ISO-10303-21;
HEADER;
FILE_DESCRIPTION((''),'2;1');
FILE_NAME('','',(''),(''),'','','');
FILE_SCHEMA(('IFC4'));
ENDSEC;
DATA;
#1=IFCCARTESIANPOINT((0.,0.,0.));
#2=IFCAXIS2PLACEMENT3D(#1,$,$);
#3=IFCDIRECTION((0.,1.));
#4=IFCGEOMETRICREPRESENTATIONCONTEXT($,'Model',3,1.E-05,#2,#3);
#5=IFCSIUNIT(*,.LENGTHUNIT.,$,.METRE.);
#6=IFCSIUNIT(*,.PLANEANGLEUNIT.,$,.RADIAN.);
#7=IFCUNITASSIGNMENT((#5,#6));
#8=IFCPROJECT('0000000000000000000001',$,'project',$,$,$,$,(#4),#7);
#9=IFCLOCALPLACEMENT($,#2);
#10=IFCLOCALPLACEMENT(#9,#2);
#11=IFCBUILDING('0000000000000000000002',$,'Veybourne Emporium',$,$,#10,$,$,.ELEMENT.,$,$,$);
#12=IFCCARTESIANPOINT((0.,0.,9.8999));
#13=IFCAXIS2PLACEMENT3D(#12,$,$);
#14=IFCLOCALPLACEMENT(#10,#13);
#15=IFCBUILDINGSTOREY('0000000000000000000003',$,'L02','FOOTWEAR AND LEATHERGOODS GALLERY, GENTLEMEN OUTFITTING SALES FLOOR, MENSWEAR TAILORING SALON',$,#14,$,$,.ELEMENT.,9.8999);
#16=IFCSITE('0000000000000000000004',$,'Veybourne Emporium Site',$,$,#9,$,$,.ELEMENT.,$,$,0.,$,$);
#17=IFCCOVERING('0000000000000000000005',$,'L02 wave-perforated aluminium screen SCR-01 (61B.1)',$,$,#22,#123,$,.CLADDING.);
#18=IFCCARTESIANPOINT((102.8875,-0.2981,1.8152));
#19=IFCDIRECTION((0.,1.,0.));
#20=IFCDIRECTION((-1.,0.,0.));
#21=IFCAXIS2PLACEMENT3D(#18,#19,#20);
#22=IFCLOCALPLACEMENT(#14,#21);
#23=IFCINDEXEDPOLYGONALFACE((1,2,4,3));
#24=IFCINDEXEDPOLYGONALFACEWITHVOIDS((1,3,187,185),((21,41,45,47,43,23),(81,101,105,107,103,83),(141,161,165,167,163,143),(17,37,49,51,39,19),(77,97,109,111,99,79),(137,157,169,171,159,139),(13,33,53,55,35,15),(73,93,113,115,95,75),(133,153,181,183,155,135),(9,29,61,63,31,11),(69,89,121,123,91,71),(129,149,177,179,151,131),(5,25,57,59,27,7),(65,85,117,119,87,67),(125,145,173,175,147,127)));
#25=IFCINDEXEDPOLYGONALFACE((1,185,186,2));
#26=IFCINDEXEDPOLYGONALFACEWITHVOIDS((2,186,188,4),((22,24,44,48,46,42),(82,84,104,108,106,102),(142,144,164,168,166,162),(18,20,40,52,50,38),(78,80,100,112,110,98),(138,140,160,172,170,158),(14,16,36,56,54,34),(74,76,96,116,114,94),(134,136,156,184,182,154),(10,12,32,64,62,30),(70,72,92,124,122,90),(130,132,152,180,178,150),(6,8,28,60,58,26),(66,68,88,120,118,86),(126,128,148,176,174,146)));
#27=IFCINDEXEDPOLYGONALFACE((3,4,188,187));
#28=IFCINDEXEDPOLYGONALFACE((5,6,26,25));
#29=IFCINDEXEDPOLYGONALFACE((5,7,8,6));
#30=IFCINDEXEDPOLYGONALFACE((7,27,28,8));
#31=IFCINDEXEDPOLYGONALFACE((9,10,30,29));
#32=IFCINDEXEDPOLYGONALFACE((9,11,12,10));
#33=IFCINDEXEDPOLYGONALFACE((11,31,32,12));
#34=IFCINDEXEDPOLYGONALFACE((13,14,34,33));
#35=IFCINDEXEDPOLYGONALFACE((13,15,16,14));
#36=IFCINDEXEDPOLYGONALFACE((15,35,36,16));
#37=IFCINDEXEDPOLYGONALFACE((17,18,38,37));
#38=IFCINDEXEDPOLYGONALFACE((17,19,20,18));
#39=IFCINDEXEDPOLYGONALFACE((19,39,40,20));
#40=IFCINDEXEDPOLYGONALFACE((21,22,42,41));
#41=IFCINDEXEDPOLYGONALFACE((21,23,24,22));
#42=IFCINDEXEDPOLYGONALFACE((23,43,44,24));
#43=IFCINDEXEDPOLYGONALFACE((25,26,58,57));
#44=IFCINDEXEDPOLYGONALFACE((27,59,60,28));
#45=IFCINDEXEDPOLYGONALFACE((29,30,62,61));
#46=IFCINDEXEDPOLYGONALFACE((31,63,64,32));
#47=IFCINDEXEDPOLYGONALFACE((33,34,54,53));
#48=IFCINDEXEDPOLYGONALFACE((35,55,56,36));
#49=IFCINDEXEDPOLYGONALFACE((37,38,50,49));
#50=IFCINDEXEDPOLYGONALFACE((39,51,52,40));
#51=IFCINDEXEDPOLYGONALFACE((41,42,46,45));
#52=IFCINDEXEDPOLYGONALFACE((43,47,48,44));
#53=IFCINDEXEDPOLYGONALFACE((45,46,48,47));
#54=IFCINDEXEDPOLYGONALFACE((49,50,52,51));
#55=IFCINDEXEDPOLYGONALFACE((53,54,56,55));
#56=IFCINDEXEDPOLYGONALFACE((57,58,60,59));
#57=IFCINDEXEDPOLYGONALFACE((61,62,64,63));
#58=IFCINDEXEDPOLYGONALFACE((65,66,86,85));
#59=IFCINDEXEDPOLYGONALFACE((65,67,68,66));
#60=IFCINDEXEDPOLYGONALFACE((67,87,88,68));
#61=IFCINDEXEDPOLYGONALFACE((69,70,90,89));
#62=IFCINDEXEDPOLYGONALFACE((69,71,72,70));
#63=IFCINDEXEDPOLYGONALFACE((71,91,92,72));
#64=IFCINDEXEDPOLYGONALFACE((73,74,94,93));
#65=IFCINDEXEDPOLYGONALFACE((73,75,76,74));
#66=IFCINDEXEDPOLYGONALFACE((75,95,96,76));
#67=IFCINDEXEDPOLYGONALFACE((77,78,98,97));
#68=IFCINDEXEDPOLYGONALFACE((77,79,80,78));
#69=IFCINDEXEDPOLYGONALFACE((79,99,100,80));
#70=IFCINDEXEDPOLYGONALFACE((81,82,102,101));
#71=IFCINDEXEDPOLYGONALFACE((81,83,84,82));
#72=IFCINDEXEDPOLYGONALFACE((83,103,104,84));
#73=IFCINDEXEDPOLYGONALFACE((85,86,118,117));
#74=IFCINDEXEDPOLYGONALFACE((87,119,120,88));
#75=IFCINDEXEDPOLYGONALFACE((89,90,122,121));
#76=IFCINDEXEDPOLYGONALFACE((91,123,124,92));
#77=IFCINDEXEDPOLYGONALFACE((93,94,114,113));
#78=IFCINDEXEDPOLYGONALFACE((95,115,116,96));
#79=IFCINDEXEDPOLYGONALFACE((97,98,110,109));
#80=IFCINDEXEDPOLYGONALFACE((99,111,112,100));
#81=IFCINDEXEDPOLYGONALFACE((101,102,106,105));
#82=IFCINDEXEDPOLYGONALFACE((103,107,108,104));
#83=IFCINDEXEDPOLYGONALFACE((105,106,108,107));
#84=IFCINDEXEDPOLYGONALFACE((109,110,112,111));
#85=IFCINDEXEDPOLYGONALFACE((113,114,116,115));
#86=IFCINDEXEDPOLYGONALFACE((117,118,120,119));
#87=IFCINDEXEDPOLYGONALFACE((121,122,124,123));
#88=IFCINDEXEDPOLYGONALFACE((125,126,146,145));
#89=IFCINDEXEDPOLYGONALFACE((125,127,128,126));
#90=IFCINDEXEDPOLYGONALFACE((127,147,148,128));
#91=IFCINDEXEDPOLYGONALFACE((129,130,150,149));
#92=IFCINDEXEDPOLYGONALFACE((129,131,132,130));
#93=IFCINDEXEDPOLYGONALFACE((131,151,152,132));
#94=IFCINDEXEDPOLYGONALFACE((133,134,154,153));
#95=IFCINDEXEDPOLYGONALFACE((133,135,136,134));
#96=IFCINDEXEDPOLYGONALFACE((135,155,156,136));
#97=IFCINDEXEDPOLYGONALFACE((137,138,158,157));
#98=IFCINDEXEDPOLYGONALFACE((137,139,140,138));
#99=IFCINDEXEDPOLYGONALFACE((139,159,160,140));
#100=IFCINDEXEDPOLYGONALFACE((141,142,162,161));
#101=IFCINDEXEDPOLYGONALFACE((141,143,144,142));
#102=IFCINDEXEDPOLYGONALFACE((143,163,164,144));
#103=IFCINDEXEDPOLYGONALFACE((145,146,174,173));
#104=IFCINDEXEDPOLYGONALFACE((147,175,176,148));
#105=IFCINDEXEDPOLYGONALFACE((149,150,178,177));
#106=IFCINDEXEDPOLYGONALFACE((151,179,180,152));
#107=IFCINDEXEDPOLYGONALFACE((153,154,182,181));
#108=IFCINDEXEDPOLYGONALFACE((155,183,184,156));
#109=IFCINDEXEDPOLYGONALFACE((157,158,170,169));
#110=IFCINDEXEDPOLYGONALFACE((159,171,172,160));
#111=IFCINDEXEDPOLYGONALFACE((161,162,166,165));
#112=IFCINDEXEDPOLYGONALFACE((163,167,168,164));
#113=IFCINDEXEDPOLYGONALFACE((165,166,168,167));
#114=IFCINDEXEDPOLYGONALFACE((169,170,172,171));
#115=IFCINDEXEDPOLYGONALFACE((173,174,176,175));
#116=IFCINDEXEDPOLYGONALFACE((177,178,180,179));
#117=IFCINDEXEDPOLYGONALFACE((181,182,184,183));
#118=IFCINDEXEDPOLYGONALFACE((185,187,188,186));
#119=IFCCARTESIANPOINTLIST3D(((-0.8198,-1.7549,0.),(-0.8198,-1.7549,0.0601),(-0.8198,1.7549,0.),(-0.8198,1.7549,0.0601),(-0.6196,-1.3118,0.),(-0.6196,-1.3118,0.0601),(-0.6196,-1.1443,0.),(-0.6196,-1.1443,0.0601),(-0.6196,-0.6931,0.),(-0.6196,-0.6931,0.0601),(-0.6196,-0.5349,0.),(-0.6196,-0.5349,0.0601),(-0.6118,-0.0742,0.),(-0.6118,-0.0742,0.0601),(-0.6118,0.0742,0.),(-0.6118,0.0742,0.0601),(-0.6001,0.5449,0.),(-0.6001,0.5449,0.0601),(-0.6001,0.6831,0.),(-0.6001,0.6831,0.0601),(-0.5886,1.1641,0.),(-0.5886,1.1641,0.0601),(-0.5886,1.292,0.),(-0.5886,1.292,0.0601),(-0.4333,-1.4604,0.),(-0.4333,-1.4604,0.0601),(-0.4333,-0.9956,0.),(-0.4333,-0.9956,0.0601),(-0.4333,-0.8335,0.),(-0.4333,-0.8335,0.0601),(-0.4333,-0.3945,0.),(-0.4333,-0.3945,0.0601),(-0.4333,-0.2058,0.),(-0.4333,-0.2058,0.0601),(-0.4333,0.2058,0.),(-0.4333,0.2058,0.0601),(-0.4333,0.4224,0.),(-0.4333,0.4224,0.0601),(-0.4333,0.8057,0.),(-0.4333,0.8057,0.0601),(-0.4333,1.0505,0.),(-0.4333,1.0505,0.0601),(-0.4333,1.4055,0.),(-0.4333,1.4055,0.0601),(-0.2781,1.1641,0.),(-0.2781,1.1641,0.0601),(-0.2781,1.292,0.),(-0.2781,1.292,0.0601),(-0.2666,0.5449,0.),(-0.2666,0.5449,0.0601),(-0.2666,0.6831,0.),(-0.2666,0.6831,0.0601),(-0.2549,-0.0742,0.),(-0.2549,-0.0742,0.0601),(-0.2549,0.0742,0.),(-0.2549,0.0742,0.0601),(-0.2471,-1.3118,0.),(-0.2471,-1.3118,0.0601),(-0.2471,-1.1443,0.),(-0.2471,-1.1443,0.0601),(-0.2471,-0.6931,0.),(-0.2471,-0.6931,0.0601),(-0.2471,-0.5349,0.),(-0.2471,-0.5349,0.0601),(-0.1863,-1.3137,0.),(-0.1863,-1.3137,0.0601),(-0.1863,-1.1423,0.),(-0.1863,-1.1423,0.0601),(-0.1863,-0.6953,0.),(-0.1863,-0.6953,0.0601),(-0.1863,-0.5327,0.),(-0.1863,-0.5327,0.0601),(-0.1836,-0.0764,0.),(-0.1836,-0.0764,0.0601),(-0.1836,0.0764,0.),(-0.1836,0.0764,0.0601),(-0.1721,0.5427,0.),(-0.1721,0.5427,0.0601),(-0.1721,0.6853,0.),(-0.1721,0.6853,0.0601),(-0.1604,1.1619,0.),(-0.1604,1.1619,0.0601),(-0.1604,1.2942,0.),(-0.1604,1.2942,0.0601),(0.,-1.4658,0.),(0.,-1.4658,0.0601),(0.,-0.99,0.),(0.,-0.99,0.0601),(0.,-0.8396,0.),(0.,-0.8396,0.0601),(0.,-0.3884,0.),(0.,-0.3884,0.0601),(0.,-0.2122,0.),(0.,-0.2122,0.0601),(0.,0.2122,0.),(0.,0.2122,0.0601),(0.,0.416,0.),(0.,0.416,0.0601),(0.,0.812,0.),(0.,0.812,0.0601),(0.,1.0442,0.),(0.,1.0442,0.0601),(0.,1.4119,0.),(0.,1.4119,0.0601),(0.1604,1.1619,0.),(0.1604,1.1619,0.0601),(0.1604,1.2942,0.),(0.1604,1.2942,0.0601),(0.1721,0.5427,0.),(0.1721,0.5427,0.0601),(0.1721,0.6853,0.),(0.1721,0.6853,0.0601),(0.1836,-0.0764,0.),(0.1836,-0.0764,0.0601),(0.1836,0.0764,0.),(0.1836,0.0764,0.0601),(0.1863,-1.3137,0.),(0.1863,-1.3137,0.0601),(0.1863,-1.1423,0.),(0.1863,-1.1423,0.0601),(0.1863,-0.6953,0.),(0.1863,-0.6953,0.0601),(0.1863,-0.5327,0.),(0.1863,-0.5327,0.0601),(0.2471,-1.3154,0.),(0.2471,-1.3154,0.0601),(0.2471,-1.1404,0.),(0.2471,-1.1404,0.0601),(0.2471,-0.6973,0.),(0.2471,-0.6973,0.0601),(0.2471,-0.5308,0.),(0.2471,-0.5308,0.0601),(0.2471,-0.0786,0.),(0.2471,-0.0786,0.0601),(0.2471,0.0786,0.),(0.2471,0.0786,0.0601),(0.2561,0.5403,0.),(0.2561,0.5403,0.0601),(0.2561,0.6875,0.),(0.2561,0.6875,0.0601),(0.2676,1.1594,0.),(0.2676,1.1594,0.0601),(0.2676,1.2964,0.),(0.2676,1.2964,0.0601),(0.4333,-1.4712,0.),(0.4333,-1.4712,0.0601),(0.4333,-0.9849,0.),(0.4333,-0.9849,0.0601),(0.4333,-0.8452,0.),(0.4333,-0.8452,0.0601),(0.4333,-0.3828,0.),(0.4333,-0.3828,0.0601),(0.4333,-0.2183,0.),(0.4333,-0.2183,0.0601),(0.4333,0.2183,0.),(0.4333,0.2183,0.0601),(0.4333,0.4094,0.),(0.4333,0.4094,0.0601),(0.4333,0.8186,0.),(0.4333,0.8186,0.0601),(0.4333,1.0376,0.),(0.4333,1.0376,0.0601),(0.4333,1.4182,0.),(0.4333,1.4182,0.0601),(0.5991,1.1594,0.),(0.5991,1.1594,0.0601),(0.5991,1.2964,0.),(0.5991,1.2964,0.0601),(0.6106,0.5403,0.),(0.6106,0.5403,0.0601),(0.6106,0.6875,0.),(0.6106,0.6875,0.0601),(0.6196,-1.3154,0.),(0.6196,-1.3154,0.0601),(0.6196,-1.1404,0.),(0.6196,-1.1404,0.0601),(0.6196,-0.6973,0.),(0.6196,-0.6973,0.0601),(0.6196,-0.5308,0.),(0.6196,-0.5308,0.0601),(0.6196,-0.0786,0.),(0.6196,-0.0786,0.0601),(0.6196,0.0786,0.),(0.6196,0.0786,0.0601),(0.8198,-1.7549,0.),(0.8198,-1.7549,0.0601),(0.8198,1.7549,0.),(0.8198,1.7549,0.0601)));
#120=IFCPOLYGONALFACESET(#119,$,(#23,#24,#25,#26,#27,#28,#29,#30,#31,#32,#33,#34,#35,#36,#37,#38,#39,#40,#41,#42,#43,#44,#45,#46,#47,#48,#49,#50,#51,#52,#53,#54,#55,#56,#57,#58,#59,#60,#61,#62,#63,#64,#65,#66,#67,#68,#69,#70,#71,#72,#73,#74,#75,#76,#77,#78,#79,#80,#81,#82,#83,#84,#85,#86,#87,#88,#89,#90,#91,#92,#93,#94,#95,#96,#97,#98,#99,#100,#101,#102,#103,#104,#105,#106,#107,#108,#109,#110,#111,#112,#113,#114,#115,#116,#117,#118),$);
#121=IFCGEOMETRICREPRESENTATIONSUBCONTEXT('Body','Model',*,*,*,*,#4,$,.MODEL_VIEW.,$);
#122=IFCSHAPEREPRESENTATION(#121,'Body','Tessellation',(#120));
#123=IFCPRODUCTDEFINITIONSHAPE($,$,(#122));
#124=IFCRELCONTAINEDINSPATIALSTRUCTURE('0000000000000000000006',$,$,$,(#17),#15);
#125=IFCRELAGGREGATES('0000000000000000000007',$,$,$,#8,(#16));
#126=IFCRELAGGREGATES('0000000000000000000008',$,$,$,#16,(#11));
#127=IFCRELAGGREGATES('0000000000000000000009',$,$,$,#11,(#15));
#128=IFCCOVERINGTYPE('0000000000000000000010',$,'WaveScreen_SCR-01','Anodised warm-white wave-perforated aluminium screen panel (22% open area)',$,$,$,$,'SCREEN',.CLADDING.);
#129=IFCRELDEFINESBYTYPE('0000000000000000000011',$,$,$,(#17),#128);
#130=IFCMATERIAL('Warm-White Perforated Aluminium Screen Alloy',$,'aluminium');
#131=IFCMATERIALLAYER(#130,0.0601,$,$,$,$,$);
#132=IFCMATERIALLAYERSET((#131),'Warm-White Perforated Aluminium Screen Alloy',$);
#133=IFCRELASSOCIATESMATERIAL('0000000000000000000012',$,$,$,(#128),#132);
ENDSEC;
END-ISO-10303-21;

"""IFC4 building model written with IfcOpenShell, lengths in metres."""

from ifc_helpers import new_model, si_unit, direction, frame, origin, place, context, subcontext, project, spatial, polyline, outline, extrude, material, layer, layer_set, type_object, element, save


model = new_model("IFC4")

# Units and contexts
model_context = context("Model", 3, precision=1e-05, world=origin(), true_north=direction((0.0, 1.0)))
body_context = subcontext(model_context, "Body", "Model", "MODEL_VIEW")
ifc_project = project(units=[si_unit("LENGTHUNIT", "METRE"), si_unit("PLANEANGLEUNIT", "RADIAN")], contexts=[model_context])

# Site, building, storey
site_placement = place(None, origin())
site = spatial("IfcSite", under=ifc_project, at=site_placement, Name="Veybourne Emporium Site", CompositionType="ELEMENT", RefElevation=0.0)
building_placement = place(site_placement, origin())
building = spatial("IfcBuilding", under=site, at=building_placement, Name="Veybourne Emporium", CompositionType="ELEMENT")
storey_placement = place(building_placement, frame((0.0, 0.0, 9.8999)))
storey = spatial("IfcBuildingStorey", under=building, at=storey_placement, Name="L02", Description="FOOTWEAR AND LEATHERGOODS GALLERY, GENTLEMEN OUTFITTING SALES FLOOR, MENSWEAR TAILORING SALON", CompositionType="ELEMENT", Elevation=9.8999)

# Covering
ifc_material_1 = material(Name="Warm-White Perforated Aluminium Screen Alloy", Category="aluminium")
ifc_layer_1 = layer(ifc_material_1, 0.0601)
ifc_layer_set_1 = layer_set([ifc_layer_1], Name="Warm-White Perforated Aluminium Screen Alloy")
covering_type_1 = type_object("IfcCoveringType", Name="WaveScreen_SCR-01", Description="Anodised warm-white wave-perforated aluminium screen panel (22% open area)", ElementType="SCREEN", PredefinedType="CLADDING", material=ifc_layer_set_1)
covering_1_placement = place(storey_placement, frame((102.8875, -0.2981, 1.8152), z_axis=(0.0, 1.0, 0.0), x_axis=(-1.0, 0.0, 0.0)))
element("IfcCovering", 1, at=covering_1_placement, inside=storey, type_object=covering_type_1, Name="L02 wave-perforated aluminium screen SCR-01 (61B.1)", PredefinedType="CLADDING", context=body_context, shape_type="SweptSolid", body=[
    extrude(outline(polyline([(-0.8198, -1.7549), (0.8198, -1.7549), (0.8198, 1.7549), (-0.8198, 1.7549), (-0.8198, -1.7549)]), holes=[polyline([(-0.4333, -0.9956), (-0.2471, -1.1443), (-0.2471, -1.3118), (-0.4333, -1.4604), (-0.6196, -1.3118), (-0.6196, -1.1443), (-0.4333, -0.9956)]), polyline([(-0.4333, -0.3945), (-0.2471, -0.5349), (-0.2471, -0.6931), (-0.4333, -0.8335), (-0.6196, -0.6931), (-0.6196, -0.5349), (-0.4333, -0.3945)]), polyline([(-0.4333, 0.2058), (-0.2549, 0.0742), (-0.2549, -0.0742), (-0.4333, -0.2058), (-0.6118, -0.0742), (-0.6118, 0.0742), (-0.4333, 0.2058)]), polyline([(-0.4333, 0.8057), (-0.2666, 0.6831), (-0.2666, 0.5449), (-0.4333, 0.4224), (-0.6001, 0.5449), (-0.6001, 0.6831), (-0.4333, 0.8057)]), polyline([(-0.4333, 1.4055), (-0.2781, 1.292), (-0.2781, 1.1641), (-0.4333, 1.0505), (-0.5886, 1.1641), (-0.5886, 1.292), (-0.4333, 1.4055)]), polyline([(0.0, -0.99), (0.1863, -1.1423), (0.1863, -1.3137), (0.0, -1.4658), (-0.1863, -1.3137), (-0.1863, -1.1423), (0.0, -0.99)]), polyline([(0.0, -0.3884), (0.1863, -0.5327), (0.1863, -0.6953), (0.0, -0.8396), (-0.1863, -0.6953), (-0.1863, -0.5327), (0.0, -0.3884)]), polyline([(0.0, 0.2122), (0.1836, 0.0764), (0.1836, -0.0764), (0.0, -0.2122), (-0.1836, -0.0764), (-0.1836, 0.0764), (0.0, 0.2122)]), polyline([(0.0, 0.812), (0.1721, 0.6853), (0.1721, 0.5427), (0.0, 0.416), (-0.1721, 0.5427), (-0.1721, 0.6853), (0.0, 0.812)]), polyline([(0.0, 1.4119), (0.1604, 1.2942), (0.1604, 1.1619), (0.0, 1.0442), (-0.1604, 1.1619), (-0.1604, 1.2942), (0.0, 1.4119)]), polyline([(0.4333, -0.9849), (0.6196, -1.1404), (0.6196, -1.3154), (0.4333, -1.4712), (0.2471, -1.3154), (0.2471, -1.1404), (0.4333, -0.9849)]), polyline([(0.4333, -0.3828), (0.6196, -0.5308), (0.6196, -0.6973), (0.4333, -0.8452), (0.2471, -0.6973), (0.2471, -0.5308), (0.4333, -0.3828)]), polyline([(0.4333, 0.2183), (0.6196, 0.0786), (0.6196, -0.0786), (0.4333, -0.2183), (0.2471, -0.0786), (0.2471, 0.0786), (0.4333, 0.2183)]), polyline([(0.4333, 0.8186), (0.6106, 0.6875), (0.6106, 0.5403), (0.4333, 0.4094), (0.2561, 0.5403), (0.2561, 0.6875), (0.4333, 0.8186)]), polyline([(0.4333, 1.4182), (0.5991, 1.2964), (0.5991, 1.1594), (0.4333, 1.0376), (0.2676, 1.1594), (0.2676, 1.2964), (0.4333, 1.4182)])]), origin(), (0.0, 0.0, 1.0), 0.0601),
])

save(model, "model.ifc")
